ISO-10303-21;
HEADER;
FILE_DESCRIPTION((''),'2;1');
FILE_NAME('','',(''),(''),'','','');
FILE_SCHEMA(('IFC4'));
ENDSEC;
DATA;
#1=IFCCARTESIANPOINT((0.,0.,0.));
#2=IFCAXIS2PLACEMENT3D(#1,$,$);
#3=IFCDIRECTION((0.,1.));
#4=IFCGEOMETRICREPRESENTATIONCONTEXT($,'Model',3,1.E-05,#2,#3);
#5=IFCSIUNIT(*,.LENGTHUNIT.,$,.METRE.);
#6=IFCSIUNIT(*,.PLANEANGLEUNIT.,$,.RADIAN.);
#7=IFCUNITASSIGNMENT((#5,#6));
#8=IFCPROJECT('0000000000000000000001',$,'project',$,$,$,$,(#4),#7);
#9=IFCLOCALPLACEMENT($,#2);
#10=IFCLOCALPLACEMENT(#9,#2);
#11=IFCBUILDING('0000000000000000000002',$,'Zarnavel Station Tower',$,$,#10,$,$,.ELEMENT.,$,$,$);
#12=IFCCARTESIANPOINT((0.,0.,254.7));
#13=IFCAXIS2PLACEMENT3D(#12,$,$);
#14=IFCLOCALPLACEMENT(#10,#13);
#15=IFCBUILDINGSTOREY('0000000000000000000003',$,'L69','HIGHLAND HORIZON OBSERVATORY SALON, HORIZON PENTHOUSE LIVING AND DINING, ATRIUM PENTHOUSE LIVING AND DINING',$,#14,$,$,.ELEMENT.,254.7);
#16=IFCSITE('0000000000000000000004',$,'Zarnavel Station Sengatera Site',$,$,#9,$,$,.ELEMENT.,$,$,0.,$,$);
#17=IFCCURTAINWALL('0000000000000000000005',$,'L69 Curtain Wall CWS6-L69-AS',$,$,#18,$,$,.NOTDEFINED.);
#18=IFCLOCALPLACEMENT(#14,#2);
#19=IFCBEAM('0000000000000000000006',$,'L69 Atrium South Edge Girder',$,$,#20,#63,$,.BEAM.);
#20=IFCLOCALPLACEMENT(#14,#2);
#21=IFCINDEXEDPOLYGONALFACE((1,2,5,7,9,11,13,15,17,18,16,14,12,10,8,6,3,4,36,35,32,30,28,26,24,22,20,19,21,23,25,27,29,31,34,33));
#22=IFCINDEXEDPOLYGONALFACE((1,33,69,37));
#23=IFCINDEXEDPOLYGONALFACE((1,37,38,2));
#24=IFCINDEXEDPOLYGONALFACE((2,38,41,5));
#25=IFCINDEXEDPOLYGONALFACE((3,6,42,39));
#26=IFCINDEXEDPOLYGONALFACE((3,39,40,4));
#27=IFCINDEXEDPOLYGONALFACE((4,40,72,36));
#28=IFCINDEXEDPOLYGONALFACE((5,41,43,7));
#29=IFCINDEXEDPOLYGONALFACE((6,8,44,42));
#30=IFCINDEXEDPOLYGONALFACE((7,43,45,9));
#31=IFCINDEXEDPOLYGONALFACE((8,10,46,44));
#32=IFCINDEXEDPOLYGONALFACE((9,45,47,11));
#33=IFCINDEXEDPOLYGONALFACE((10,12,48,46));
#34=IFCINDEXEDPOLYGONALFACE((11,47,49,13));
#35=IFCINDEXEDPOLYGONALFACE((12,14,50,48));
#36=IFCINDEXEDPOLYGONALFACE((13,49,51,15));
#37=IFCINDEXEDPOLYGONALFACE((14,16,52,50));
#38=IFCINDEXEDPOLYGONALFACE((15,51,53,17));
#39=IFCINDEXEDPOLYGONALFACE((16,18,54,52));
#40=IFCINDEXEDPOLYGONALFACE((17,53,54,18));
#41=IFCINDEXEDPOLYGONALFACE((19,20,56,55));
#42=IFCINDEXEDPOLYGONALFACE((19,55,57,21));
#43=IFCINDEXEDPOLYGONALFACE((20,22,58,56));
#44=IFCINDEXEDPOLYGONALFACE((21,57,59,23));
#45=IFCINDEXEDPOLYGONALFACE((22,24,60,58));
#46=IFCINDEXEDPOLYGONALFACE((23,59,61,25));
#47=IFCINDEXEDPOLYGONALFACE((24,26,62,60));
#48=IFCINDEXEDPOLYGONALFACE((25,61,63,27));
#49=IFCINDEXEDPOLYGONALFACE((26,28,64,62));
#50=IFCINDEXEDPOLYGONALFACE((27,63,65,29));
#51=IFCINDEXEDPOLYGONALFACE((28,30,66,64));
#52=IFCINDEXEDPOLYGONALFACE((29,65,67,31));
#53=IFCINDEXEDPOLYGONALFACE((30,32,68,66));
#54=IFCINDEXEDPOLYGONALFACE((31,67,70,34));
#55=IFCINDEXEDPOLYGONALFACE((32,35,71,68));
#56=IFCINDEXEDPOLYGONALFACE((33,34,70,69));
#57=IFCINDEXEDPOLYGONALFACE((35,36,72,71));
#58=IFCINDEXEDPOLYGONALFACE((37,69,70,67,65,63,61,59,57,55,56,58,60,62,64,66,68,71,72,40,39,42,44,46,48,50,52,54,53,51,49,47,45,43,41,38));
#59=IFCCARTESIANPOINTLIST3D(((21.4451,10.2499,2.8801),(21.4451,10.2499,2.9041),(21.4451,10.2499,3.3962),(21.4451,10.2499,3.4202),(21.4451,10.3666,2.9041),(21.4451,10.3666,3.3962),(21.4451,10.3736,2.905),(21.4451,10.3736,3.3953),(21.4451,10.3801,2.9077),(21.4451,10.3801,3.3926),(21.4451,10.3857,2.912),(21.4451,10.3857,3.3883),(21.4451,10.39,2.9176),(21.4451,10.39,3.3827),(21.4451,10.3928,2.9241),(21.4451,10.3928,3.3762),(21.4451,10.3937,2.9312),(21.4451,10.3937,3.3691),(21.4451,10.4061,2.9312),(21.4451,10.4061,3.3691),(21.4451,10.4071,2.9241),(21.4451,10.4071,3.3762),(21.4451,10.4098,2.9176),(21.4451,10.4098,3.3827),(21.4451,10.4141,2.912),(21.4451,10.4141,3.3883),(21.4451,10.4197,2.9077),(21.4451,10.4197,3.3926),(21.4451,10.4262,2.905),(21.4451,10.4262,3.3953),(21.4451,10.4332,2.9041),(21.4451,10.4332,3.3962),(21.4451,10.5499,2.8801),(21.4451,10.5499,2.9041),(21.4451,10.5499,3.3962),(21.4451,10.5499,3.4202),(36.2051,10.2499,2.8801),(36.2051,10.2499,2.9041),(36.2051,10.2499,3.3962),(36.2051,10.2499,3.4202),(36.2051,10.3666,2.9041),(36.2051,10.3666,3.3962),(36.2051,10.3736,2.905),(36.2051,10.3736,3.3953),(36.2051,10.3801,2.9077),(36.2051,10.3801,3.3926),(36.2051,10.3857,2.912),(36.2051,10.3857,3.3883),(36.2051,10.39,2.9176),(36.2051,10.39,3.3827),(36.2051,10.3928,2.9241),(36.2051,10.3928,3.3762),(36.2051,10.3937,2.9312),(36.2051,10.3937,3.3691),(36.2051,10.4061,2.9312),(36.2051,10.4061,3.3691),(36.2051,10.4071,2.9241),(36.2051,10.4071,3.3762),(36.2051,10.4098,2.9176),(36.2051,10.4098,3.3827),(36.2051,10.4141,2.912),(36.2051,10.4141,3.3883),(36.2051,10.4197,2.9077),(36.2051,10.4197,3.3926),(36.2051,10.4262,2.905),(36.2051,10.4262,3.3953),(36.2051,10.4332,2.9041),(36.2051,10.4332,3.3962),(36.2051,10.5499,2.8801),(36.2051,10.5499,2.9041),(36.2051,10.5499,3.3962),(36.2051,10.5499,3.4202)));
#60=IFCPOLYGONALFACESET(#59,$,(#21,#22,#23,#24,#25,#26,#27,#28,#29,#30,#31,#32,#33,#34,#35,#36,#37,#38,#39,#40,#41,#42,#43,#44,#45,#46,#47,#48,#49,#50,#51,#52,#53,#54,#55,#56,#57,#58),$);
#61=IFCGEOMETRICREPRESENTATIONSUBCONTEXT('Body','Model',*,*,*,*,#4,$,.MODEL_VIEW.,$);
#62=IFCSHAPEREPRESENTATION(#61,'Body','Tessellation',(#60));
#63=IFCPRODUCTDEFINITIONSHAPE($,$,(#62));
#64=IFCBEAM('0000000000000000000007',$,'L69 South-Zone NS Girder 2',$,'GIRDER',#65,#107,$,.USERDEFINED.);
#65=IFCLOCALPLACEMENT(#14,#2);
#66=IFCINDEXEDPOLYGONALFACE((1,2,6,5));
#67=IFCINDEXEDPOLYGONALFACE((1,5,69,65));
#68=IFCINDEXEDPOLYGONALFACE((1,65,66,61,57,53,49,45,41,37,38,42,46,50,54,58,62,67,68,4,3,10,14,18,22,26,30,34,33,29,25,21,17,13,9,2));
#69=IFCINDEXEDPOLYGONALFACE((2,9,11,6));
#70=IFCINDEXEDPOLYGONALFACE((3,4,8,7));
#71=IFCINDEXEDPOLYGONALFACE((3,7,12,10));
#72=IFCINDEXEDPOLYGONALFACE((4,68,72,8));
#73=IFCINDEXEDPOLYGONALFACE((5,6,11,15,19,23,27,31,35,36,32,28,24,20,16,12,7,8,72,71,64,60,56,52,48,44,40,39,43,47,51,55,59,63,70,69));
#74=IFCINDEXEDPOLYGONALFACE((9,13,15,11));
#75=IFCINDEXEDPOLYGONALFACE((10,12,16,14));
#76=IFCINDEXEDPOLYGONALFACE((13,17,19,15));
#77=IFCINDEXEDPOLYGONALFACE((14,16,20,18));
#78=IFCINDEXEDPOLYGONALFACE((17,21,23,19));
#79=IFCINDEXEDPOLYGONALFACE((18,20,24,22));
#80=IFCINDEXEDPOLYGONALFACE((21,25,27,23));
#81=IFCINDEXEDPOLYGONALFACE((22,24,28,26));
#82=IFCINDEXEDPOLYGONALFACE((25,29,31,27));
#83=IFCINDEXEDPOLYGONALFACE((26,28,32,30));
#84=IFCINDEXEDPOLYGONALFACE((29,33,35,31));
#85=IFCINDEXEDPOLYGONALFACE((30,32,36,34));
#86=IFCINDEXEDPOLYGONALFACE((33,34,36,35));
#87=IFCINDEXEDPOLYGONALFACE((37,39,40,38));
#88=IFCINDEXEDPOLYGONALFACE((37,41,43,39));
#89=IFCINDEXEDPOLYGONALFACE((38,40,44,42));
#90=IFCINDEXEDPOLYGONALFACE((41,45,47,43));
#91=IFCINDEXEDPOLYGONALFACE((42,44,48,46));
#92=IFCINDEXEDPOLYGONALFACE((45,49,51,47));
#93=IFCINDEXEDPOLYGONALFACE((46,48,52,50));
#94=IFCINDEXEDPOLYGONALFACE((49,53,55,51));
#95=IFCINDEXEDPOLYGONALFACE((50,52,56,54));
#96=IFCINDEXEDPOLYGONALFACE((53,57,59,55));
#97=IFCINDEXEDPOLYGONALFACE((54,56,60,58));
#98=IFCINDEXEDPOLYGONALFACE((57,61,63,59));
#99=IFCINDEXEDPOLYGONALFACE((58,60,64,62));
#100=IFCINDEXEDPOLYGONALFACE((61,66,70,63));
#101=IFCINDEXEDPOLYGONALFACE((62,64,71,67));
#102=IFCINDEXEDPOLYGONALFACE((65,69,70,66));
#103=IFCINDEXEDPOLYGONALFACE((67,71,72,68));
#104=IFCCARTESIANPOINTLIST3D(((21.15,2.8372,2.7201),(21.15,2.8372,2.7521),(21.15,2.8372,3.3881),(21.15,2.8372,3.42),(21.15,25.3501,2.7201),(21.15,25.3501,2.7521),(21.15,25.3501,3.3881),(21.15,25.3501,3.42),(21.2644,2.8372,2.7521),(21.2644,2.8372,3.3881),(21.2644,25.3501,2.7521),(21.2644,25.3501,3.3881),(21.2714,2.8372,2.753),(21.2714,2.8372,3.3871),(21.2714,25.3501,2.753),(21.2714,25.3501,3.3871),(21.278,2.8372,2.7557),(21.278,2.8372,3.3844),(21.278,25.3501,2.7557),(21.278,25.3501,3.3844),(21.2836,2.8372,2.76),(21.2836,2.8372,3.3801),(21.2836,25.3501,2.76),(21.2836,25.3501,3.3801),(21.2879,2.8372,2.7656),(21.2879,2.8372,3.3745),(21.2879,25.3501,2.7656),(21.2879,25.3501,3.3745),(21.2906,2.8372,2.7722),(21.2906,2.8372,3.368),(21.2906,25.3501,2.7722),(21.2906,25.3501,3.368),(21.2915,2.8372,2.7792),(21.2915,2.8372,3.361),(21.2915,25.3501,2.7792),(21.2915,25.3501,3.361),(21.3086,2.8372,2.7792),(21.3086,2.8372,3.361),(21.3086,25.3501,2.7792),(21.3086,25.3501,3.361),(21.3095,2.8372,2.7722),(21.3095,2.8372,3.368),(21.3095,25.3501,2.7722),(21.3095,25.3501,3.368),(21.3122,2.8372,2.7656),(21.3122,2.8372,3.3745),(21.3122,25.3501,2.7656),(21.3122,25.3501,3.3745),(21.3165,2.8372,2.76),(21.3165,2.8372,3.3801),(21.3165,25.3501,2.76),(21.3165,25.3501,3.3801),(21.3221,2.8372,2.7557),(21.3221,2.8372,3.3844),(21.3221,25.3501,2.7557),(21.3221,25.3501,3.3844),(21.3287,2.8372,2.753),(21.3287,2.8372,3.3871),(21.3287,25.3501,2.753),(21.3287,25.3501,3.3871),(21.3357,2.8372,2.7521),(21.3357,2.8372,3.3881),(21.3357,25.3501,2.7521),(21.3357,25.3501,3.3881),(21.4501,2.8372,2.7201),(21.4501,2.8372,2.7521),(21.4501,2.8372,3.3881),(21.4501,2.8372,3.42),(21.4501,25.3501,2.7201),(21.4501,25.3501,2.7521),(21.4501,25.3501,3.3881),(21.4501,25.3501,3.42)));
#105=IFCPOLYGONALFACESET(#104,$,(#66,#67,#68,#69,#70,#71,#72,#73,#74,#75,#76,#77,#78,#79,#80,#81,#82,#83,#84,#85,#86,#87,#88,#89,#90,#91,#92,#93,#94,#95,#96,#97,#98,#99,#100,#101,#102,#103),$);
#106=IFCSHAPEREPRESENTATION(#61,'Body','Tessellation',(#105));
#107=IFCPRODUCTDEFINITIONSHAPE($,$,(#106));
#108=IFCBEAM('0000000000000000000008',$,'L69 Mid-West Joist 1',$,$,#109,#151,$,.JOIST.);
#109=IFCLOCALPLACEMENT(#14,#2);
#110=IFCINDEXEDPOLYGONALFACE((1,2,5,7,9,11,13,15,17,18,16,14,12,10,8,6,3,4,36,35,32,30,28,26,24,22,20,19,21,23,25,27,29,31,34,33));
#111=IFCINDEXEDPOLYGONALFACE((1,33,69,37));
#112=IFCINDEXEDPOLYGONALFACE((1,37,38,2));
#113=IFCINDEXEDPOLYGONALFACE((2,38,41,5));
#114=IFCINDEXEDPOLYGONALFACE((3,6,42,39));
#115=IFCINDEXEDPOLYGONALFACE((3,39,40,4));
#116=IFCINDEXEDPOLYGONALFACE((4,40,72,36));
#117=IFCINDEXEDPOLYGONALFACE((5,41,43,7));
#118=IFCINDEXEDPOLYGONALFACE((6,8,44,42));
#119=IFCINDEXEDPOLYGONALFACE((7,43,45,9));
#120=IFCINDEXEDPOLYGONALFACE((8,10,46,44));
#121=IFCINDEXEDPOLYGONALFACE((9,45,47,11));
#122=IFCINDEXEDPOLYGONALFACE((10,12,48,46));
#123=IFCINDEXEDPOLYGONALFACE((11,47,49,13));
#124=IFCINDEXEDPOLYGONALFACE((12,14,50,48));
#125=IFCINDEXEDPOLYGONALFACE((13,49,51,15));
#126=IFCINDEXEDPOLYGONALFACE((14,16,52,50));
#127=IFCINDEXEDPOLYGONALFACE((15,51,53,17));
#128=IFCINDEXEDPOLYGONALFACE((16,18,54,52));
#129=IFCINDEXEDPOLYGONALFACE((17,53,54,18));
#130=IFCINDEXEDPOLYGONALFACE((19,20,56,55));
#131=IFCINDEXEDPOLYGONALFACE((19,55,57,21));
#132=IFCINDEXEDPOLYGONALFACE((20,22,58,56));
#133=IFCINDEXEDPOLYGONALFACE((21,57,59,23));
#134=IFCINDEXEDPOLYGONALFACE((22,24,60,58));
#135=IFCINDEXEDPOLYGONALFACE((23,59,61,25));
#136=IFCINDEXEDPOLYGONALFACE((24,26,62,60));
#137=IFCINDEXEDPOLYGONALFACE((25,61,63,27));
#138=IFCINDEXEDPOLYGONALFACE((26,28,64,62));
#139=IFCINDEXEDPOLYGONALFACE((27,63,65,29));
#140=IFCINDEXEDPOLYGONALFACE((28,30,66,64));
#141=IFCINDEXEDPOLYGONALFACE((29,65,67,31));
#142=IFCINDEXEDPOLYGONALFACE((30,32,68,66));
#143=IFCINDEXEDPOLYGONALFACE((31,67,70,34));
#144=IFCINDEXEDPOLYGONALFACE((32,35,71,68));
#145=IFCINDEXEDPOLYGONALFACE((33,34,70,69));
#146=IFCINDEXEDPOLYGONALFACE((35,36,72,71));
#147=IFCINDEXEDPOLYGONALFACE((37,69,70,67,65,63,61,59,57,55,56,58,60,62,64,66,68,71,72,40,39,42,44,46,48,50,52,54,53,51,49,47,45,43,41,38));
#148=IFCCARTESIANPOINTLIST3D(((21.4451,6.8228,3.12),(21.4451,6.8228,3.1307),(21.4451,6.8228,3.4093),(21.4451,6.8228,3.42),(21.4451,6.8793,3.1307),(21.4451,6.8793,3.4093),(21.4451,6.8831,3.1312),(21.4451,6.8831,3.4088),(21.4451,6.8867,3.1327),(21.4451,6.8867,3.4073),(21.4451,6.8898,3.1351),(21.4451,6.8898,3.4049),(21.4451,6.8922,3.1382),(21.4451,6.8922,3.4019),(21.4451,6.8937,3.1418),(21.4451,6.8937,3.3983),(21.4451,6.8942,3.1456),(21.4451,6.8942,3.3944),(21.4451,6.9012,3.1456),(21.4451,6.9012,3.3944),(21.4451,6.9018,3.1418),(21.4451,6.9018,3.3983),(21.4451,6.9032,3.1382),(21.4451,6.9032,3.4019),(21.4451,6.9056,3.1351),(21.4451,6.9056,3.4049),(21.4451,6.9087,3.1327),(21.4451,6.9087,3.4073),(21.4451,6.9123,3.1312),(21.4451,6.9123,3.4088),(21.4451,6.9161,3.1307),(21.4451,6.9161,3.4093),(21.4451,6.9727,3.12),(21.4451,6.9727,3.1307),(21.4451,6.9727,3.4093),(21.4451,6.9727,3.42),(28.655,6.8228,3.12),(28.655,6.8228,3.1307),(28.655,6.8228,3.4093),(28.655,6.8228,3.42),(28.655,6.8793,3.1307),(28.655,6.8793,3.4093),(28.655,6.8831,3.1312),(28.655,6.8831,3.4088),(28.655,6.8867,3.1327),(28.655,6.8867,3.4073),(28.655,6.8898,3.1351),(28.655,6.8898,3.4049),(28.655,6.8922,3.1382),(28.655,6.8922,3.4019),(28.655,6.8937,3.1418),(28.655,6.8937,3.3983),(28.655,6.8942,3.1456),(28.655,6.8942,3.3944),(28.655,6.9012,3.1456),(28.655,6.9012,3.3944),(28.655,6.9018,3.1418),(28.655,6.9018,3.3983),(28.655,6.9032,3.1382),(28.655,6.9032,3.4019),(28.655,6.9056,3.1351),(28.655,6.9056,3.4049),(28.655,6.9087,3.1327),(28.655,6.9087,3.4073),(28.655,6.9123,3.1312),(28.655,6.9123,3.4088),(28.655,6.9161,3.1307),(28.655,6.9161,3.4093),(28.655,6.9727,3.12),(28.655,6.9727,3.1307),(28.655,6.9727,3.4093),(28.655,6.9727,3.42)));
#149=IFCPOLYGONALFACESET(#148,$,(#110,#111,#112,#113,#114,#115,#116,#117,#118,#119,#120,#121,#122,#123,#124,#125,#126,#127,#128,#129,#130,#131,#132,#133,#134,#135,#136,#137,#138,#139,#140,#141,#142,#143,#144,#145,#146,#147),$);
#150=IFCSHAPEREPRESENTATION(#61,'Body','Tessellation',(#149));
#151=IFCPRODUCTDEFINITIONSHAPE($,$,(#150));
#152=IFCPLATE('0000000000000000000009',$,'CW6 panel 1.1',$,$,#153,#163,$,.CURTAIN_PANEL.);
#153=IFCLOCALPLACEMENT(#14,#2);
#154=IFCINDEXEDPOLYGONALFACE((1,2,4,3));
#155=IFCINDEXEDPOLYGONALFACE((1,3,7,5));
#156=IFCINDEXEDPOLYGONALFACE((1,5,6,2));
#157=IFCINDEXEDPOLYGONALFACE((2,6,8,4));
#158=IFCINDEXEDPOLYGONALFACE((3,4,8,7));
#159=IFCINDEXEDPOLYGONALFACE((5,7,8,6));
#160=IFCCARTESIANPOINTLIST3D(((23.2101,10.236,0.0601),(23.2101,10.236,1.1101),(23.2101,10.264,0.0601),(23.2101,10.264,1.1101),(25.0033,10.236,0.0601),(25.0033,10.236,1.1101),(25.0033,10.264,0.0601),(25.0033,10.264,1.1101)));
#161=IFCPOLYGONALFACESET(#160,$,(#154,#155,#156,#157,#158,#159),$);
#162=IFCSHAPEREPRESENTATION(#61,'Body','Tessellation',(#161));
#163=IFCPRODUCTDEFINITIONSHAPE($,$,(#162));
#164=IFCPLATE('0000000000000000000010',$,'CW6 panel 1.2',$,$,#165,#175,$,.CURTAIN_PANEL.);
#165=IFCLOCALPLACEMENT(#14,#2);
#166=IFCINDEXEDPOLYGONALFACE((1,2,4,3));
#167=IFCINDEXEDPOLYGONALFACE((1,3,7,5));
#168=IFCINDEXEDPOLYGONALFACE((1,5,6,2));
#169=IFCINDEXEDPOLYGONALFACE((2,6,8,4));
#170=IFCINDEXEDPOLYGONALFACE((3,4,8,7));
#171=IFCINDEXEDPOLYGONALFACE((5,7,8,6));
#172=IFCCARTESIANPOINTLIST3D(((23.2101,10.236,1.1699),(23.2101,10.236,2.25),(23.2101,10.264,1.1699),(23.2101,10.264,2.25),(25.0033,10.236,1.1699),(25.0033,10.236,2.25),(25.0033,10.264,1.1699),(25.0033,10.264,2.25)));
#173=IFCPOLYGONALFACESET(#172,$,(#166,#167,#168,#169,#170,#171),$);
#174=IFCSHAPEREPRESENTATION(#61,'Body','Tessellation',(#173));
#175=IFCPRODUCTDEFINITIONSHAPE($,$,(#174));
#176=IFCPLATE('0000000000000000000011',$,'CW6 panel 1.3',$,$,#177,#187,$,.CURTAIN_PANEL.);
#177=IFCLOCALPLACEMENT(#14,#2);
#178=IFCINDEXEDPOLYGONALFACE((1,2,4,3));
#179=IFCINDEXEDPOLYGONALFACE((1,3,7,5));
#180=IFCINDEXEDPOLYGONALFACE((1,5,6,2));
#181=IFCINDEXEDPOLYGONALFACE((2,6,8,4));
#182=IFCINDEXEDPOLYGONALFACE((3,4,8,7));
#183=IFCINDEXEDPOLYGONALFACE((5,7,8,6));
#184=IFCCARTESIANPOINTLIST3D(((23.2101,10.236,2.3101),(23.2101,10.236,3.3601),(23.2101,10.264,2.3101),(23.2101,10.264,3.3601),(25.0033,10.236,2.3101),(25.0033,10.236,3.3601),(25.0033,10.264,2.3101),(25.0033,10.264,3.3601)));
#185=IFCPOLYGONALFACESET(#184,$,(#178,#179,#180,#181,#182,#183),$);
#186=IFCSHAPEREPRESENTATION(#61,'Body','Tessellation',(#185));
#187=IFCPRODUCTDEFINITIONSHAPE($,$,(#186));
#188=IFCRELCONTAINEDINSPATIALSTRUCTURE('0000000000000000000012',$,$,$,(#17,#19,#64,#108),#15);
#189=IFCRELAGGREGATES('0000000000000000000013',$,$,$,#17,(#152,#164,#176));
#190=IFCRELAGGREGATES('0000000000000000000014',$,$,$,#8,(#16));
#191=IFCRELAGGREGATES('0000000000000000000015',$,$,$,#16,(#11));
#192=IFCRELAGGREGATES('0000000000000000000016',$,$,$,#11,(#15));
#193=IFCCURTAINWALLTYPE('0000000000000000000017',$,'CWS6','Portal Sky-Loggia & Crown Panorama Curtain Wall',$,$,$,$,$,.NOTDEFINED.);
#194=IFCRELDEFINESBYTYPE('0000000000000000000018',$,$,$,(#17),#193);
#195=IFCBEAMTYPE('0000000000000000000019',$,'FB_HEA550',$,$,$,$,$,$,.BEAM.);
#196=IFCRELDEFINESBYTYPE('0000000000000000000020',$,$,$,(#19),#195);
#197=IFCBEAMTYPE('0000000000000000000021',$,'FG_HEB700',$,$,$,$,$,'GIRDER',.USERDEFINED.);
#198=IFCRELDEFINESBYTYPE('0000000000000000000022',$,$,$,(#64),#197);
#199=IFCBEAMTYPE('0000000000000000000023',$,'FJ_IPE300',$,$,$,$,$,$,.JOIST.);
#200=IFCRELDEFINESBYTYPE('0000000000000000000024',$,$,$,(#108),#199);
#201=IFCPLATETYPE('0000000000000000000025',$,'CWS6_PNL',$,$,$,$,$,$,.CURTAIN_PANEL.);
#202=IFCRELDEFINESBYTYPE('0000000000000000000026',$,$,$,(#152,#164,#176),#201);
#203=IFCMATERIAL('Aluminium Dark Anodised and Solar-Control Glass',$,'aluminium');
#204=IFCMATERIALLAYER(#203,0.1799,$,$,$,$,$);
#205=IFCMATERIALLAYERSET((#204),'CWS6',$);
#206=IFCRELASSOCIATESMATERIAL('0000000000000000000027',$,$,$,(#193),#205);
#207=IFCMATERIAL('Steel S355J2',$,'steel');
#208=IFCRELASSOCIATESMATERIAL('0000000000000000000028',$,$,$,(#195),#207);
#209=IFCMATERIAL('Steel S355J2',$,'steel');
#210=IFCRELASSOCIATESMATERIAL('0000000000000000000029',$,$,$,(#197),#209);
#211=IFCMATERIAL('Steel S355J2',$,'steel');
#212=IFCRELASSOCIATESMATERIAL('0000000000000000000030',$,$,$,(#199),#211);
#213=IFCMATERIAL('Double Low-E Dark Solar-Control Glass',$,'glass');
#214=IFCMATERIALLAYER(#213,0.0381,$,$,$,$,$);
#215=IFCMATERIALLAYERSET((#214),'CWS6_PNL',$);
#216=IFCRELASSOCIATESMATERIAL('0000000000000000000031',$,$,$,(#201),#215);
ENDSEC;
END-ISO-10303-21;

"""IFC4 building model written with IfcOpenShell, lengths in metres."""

from ifc_helpers import new_model, si_unit, direction, frame, origin, origin_2d, place, context, subcontext, project, spatial, rectangle, i_section, extrude, material, layer, layer_set, material_profile, profile_set, type_object, element, aggregate, save


model = new_model("IFC4")

# Units and contexts
model_context = context("Model", 3, precision=1e-05, world=origin(), true_north=direction((0.0, 1.0)))
body_context = subcontext(model_context, "Body", "Model", "MODEL_VIEW")
ifc_project = project(units=[si_unit("LENGTHUNIT", "METRE"), si_unit("PLANEANGLEUNIT", "RADIAN")], contexts=[model_context])

# Site, building, storey
site_placement = place(None, origin())
site = spatial("IfcSite", under=ifc_project, at=site_placement, Name="Zarnavel Station Sengatera Site", CompositionType="ELEMENT", RefElevation=0.0)
building_placement = place(site_placement, origin())
building = spatial("IfcBuilding", under=site, at=building_placement, Name="Zarnavel Station Tower", CompositionType="ELEMENT")
storey_placement = place(building_placement, frame((0.0, 0.0, 254.7)))
storey = spatial("IfcBuildingStorey", under=building, at=storey_placement, Name="L69", Description="HIGHLAND HORIZON OBSERVATORY SALON, HORIZON PENTHOUSE LIVING AND DINING, ATRIUM PENTHOUSE LIVING AND DINING", CompositionType="ELEMENT", Elevation=254.7)

# Curtain wall
ifc_material_1 = material(Name="Aluminium Dark Anodised and Solar-Control Glass", Category="aluminium")
ifc_layer_1 = layer(ifc_material_1, 0.1799)
ifc_layer_set_1 = layer_set([ifc_layer_1], Name="CWS6")
curtain_wall_type = type_object("IfcCurtainWallType", Name="CWS6", Description="Portal Sky-Loggia & Crown Panorama Curtain Wall", PredefinedType="NOTDEFINED", material=ifc_layer_set_1)
curtain_wall_placement = place(storey_placement, origin())
curtain_wall = element("IfcCurtainWall", 1, at=curtain_wall_placement, inside=storey, type_object=curtain_wall_type, Name="L69 Curtain Wall CWS6-L69-AS", PredefinedType="NOTDEFINED")

# Beams
ifc_material_2 = material(Name="Steel S355J2", Category="steel")
ifc_material_profile_1 = material_profile(ifc_material_2, i_section(OverallWidth=0.3, OverallDepth=0.54, WebThickness=0.0125, FlangeThickness=0.0239, FilletRadius=0.0271, at=origin_2d()), Name="HEA550")
ifc_profile_set_1 = profile_set([ifc_material_profile_1], Name="Steel S355J2")
beam_type_1 = type_object("IfcBeamType", Name="FB_HEA550", PredefinedType="BEAM", material=ifc_profile_set_1)
beam_1_placement = place(storey_placement, frame((21.4451, 10.3999, 3.1501), z_axis=(1.0, 0.0, 0.0), x_axis=(0.0, 1.0, 0.0)))
element("IfcBeam", 2, at=beam_1_placement, inside=storey, type_object=beam_type_1, Name="L69 Atrium South Edge Girder", PredefinedType="BEAM", context=body_context, shape_type="SweptSolid", body=[
    extrude(i_section(OverallWidth=0.3, OverallDepth=0.54, WebThickness=0.0125, FlangeThickness=0.0239, FilletRadius=0.0271, at=origin_2d()), origin(), (0.0, 0.0, 1.0), 14.76),
])
ifc_material_3 = material(Name="Steel S355J2", Category="steel")
ifc_material_profile_2 = material_profile(ifc_material_3, i_section(OverallWidth=0.3, OverallDepth=0.7, WebThickness=0.0171, FlangeThickness=0.032, FilletRadius=0.0271, at=origin_2d()), Name="HEB700")
ifc_profile_set_2 = profile_set([ifc_material_profile_2], Name="Steel S355J2")
beam_type_2 = type_object("IfcBeamType", Name="FG_HEB700", ElementType="GIRDER", PredefinedType="USERDEFINED", material=ifc_profile_set_2)
beam_2_placement = place(storey_placement, frame((21.3, 2.8372, 3.0701), z_axis=(0.0, 1.0, 0.0), x_axis=(-1.0, 0.0, 0.0)))
element("IfcBeam", 3, at=beam_2_placement, inside=storey, type_object=beam_type_2, Name="L69 South-Zone NS Girder 2", ObjectType="GIRDER", PredefinedType="USERDEFINED", context=body_context, shape_type="SweptSolid", body=[
    extrude(i_section(OverallWidth=0.3, OverallDepth=0.7, WebThickness=0.0171, FlangeThickness=0.032, FilletRadius=0.0271, at=origin_2d()), origin(), (0.0, 0.0, 1.0), 22.5129),
])
ifc_material_4 = material(Name="Steel S355J2", Category="steel")
ifc_material_profile_3 = material_profile(ifc_material_4, i_section(OverallWidth=0.1499, OverallDepth=0.3, WebThickness=0.0071, FlangeThickness=0.0107, FilletRadius=0.0149, at=origin_2d()), Name="IPE300")
ifc_profile_set_3 = profile_set([ifc_material_profile_3], Name="Steel S355J2")
beam_type_3 = type_object("IfcBeamType", Name="FJ_IPE300", PredefinedType="JOIST", material=ifc_profile_set_3)
beam_3_placement = place(storey_placement, frame((21.4451, 6.8977, 3.27), z_axis=(1.0, 0.0, 0.0), x_axis=(0.0, 1.0, 0.0)))
element("IfcBeam", 4, at=beam_3_placement, inside=storey, type_object=beam_type_3, Name="L69 Mid-West Joist 1", PredefinedType="JOIST", context=body_context, shape_type="SweptSolid", body=[
    extrude(i_section(OverallWidth=0.1499, OverallDepth=0.3, WebThickness=0.0071, FlangeThickness=0.0107, FilletRadius=0.0149, at=origin_2d()), origin(), (0.0, 0.0, 1.0), 7.21),
])

# Plates
ifc_material_5 = material(Name="Double Low-E Dark Solar-Control Glass", Category="glass")
ifc_layer_2 = layer(ifc_material_5, 0.0381)
ifc_layer_set_2 = layer_set([ifc_layer_2], Name="CWS6_PNL")
plate_type_1 = type_object("IfcPlateType", Name="CWS6_PNL", PredefinedType="CURTAIN_PANEL", material=ifc_layer_set_2)
plate_1_placement = place(storey_placement, frame((24.1067, 10.25, 0.0601), z_axis=(0.0, 0.0, 1.0), x_axis=(1.0, 0.0, 0.0)))
plate_1 = element("IfcPlate", 5, at=plate_1_placement, type_object=plate_type_1, Name="CW6 panel 1.1", PredefinedType="CURTAIN_PANEL", context=body_context, shape_type="SweptSolid", body=[
    extrude(rectangle(XDim=1.7932, YDim=0.0281, at=origin_2d()), origin(), (0.0, 0.0, 1.0), 1.05),
])
plate_2_placement = place(storey_placement, frame((24.1067, 10.25, 1.1699), z_axis=(0.0, 0.0, 1.0), x_axis=(1.0, 0.0, 0.0)))
plate_2 = element("IfcPlate", 6, at=plate_2_placement, type_object=plate_type_1, Name="CW6 panel 1.2", PredefinedType="CURTAIN_PANEL", context=body_context, shape_type="SweptSolid", body=[
    extrude(rectangle(XDim=1.7932, YDim=0.0281, at=origin_2d()), origin(), (0.0, 0.0, 1.0), 1.0801),
])
plate_3_placement = place(storey_placement, frame((24.1067, 10.25, 2.3101), z_axis=(0.0, 0.0, 1.0), x_axis=(1.0, 0.0, 0.0)))
plate_3 = element("IfcPlate", 7, at=plate_3_placement, type_object=plate_type_1, Name="CW6 panel 1.3", PredefinedType="CURTAIN_PANEL", context=body_context, shape_type="SweptSolid", body=[
    extrude(rectangle(XDim=1.7932, YDim=0.0281, at=origin_2d()), origin(), (0.0, 0.0, 1.0), 1.05),
])
aggregate(curtain_wall, [plate_1, plate_2, plate_3])

save(model, "model.ifc")
